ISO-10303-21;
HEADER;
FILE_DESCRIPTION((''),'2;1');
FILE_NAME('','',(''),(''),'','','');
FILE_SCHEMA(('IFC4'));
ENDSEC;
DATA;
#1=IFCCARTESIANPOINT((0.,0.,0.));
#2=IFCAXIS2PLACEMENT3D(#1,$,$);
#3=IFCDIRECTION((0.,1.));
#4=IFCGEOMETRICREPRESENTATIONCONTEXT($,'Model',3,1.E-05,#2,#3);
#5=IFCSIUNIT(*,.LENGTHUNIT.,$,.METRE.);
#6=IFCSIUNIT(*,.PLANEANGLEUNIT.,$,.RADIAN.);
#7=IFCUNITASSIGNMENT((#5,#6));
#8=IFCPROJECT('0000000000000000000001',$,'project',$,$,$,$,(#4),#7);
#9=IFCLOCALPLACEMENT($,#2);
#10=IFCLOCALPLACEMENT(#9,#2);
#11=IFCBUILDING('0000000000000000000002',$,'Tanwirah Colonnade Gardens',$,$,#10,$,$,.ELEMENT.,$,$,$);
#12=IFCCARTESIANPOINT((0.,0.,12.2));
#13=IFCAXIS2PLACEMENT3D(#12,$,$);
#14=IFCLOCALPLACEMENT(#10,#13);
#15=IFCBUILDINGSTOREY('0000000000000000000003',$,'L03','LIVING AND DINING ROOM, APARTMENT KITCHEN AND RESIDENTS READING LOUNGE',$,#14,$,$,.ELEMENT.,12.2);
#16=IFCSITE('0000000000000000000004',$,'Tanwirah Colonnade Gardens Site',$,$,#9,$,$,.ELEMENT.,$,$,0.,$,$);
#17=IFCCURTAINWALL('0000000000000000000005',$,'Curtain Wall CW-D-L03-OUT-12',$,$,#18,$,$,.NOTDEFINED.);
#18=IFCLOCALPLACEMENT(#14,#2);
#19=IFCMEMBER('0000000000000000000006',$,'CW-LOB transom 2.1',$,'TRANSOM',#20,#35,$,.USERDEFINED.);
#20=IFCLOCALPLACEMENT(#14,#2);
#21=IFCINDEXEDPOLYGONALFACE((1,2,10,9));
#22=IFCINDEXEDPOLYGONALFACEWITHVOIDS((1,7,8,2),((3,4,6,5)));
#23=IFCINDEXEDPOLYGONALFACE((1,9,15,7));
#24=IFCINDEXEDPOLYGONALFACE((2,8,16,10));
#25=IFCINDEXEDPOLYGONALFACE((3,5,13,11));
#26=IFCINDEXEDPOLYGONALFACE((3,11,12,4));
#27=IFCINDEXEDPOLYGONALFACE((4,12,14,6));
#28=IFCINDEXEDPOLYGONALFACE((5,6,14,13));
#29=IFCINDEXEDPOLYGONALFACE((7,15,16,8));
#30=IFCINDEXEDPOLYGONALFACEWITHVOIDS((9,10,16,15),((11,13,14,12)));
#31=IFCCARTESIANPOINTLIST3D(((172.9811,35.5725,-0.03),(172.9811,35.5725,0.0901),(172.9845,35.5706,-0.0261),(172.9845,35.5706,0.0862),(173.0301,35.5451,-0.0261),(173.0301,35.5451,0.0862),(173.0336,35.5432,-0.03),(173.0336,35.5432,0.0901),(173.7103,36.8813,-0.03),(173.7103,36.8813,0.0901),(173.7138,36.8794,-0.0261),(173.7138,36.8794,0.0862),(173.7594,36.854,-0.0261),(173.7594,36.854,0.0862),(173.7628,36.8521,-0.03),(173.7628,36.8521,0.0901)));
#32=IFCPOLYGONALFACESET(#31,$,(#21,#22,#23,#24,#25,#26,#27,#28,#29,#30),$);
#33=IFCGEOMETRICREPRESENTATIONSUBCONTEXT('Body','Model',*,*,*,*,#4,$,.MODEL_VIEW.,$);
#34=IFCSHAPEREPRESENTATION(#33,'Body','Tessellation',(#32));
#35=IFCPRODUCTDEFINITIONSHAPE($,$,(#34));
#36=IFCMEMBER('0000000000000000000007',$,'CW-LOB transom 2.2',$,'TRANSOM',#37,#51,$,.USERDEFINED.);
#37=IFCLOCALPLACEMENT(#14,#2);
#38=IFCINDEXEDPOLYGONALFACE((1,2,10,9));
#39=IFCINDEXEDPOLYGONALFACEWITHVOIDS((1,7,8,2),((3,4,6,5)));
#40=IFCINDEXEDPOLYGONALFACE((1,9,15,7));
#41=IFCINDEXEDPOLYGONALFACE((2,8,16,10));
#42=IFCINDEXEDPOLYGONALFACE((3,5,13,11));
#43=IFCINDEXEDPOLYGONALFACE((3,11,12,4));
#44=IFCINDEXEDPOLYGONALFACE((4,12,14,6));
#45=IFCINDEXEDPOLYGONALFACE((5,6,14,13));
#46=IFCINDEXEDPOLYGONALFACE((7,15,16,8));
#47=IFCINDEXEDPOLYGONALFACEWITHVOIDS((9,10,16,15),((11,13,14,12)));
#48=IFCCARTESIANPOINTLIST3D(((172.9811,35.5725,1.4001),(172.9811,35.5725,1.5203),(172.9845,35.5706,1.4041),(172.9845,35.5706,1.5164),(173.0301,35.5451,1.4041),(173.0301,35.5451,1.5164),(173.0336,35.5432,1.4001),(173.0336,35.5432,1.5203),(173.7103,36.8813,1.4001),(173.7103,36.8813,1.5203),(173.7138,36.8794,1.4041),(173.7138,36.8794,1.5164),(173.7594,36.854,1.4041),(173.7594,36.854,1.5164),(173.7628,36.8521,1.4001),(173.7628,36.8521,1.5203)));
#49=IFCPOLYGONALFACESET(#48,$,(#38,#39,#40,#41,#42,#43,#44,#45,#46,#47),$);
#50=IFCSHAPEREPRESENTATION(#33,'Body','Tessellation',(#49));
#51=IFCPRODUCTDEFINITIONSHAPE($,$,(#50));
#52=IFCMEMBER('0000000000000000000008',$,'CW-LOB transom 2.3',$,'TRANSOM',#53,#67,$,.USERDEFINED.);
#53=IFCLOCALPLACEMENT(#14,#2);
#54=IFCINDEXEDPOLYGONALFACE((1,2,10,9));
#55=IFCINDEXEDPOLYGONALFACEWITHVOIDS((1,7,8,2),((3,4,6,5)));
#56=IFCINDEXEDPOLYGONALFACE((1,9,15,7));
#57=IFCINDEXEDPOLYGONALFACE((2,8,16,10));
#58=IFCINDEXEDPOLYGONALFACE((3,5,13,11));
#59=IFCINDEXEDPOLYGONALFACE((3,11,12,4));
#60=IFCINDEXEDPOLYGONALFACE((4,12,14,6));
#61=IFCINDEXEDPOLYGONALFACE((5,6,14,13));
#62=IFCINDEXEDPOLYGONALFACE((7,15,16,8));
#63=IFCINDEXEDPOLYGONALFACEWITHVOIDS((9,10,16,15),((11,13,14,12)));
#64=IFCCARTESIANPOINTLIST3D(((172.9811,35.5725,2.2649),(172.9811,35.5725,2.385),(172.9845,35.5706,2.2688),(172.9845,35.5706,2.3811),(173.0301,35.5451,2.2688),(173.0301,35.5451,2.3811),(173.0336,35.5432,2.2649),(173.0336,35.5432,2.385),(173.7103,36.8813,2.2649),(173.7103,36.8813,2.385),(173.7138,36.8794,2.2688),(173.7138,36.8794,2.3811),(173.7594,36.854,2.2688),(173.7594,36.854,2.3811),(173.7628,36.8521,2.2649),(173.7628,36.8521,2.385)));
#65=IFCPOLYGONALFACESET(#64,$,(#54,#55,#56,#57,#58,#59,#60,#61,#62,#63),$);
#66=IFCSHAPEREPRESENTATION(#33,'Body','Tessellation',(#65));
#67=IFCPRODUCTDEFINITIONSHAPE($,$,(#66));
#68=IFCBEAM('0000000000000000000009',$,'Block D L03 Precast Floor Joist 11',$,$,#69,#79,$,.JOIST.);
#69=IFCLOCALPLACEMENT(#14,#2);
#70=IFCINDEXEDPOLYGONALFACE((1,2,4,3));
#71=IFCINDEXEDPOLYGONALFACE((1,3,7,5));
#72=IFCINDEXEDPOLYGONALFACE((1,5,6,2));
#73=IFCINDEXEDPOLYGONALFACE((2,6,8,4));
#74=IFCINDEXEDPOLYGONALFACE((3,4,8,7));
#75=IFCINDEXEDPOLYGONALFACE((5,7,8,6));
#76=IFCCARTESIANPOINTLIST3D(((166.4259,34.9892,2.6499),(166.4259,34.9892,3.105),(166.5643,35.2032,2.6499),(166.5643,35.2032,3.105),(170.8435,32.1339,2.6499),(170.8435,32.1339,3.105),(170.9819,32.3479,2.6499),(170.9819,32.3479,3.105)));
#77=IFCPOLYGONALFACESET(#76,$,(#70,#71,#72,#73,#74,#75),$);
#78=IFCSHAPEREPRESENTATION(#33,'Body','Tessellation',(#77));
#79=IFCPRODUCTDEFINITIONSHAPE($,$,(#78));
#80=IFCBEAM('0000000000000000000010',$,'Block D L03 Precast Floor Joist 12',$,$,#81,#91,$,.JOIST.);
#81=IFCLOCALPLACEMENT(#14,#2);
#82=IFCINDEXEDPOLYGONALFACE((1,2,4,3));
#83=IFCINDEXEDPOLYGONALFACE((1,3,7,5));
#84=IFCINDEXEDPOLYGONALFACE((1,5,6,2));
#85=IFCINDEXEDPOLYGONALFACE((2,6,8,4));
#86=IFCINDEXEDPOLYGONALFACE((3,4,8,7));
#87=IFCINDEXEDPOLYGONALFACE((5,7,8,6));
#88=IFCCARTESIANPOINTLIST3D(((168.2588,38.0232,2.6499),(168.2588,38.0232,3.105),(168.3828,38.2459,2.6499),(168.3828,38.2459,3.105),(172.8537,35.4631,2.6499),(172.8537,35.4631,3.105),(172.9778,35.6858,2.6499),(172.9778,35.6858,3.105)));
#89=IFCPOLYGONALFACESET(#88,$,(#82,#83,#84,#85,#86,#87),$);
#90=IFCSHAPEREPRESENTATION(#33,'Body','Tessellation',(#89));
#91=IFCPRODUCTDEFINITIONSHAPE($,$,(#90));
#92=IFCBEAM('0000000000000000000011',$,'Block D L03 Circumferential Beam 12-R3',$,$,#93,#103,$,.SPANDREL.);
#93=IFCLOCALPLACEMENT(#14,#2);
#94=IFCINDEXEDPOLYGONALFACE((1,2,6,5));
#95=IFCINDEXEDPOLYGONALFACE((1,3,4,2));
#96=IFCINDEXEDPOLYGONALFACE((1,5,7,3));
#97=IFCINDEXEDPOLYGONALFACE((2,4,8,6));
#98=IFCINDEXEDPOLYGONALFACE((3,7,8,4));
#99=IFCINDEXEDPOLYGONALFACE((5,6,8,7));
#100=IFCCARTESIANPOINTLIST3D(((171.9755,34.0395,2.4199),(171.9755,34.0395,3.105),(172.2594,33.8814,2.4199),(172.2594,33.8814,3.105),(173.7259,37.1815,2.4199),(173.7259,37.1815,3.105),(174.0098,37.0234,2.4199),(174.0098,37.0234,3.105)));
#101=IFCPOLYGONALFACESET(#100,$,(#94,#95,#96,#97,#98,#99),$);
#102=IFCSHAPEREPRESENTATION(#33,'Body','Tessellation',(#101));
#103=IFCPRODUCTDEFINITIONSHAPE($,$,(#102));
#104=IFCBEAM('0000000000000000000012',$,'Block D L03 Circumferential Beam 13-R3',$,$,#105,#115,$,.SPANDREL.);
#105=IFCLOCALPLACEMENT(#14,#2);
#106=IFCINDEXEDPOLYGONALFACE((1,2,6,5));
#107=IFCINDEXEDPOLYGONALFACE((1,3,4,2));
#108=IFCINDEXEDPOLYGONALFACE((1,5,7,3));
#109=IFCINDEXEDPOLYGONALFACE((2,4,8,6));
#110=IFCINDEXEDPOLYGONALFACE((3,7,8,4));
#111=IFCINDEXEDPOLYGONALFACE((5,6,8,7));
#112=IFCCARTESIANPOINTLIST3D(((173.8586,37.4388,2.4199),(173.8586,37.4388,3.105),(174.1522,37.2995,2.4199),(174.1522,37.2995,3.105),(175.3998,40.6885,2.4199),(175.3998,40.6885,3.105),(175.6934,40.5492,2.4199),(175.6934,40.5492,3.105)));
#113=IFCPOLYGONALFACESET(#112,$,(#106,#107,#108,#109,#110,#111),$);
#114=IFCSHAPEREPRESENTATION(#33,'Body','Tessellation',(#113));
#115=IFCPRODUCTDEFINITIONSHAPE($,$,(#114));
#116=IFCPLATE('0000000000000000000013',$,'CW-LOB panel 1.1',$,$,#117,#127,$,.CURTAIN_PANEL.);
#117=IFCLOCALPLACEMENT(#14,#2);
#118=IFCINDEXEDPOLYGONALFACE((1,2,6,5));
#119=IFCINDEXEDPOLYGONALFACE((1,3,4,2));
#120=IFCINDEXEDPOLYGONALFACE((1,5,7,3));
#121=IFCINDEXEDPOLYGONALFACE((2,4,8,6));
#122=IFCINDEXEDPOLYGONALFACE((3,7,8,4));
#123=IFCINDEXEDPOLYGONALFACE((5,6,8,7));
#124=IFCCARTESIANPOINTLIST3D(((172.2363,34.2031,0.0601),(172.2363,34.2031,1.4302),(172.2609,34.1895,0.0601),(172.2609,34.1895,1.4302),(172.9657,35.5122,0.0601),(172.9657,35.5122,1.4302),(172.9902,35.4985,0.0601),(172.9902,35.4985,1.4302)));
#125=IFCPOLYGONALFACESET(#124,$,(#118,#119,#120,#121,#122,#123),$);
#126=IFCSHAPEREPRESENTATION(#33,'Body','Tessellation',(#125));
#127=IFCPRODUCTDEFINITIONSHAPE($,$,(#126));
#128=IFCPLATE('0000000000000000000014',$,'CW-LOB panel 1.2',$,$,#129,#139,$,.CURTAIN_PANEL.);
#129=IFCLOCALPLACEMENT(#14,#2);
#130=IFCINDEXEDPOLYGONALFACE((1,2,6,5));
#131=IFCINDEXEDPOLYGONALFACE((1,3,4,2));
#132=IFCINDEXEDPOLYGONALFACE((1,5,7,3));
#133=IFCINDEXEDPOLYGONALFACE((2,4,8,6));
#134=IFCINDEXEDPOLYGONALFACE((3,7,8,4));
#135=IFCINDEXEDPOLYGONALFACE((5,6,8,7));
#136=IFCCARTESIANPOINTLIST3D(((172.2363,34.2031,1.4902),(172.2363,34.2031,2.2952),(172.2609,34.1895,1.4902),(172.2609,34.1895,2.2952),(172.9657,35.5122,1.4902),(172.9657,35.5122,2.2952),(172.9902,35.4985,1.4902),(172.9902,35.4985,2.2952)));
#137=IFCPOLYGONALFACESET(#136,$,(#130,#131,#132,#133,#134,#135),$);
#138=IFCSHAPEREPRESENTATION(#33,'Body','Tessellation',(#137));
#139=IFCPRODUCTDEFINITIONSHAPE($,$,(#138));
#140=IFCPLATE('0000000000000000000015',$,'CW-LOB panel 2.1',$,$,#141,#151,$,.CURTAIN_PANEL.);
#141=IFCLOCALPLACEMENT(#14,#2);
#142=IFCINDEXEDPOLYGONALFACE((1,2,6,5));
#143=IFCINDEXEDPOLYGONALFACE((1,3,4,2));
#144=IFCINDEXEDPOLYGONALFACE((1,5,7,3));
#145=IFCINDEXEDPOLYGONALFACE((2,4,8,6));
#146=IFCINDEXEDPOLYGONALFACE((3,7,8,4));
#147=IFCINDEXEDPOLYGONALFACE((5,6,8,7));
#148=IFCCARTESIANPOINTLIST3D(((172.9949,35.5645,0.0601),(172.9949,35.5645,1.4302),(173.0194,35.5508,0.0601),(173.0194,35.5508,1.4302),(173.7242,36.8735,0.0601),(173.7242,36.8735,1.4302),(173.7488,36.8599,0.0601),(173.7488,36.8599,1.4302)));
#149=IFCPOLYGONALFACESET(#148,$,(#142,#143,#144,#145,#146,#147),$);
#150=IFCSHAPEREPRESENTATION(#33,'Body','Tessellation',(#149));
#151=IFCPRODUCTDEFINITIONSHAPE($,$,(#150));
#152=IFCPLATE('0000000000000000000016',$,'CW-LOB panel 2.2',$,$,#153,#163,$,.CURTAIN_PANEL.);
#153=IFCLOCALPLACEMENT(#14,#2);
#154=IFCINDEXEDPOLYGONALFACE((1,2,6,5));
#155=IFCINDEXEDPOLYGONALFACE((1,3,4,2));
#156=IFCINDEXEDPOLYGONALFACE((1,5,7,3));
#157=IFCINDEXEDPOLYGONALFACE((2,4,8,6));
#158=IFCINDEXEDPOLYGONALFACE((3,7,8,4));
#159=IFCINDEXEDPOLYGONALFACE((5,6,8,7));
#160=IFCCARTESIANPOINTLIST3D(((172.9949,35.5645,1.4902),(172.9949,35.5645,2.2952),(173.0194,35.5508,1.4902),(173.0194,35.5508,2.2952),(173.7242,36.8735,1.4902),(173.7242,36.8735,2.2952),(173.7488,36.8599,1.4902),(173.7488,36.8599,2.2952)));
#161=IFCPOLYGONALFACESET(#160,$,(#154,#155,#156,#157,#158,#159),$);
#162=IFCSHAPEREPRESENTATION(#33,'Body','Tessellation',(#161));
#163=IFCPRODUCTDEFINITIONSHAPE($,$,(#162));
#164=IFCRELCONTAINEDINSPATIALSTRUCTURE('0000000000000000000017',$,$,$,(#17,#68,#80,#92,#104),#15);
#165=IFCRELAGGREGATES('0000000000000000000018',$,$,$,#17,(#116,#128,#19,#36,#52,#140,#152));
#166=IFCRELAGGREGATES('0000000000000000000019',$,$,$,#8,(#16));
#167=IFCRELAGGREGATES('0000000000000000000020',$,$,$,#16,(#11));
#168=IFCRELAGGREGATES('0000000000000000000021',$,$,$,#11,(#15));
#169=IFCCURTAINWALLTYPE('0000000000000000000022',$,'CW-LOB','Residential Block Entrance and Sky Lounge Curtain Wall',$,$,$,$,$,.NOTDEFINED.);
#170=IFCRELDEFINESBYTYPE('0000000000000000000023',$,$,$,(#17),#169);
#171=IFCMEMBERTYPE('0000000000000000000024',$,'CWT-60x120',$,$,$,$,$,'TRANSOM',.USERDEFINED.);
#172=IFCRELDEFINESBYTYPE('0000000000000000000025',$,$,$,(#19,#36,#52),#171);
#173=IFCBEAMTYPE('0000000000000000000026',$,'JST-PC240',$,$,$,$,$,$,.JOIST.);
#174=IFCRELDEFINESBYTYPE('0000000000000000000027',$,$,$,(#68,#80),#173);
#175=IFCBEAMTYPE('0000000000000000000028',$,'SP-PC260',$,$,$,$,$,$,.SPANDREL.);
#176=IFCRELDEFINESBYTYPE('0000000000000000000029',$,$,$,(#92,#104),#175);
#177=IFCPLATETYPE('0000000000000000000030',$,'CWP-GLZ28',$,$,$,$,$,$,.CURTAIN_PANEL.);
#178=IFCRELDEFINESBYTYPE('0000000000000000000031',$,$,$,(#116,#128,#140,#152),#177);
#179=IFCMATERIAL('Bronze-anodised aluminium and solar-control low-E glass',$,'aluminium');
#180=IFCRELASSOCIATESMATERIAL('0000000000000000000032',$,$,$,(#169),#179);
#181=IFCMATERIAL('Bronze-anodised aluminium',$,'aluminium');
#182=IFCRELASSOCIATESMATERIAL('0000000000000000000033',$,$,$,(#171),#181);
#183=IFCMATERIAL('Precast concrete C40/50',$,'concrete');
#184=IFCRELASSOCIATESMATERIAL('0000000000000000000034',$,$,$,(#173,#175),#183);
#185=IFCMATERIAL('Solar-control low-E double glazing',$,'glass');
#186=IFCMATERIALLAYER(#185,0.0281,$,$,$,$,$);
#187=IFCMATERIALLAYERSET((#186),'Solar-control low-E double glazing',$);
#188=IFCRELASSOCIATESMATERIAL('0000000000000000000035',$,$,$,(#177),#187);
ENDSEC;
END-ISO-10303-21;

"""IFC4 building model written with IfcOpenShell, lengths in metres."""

from ifc_helpers import new_model, si_unit, direction, frame, origin, origin_2d, place, context, subcontext, project, spatial, rectangle, hollow_rectangle, extrude, material, layer, layer_set, material_profile, profile_set, type_object, element, aggregate, save


model = new_model("IFC4")

# Units and contexts
model_context = context("Model", 3, precision=1e-05, world=origin(), true_north=direction((0.0, 1.0)))
body_context = subcontext(model_context, "Body", "Model", "MODEL_VIEW")
ifc_project = project(units=[si_unit("LENGTHUNIT", "METRE"), si_unit("PLANEANGLEUNIT", "RADIAN")], contexts=[model_context])

# Site, building, storey
site_placement = place(None, origin())
site = spatial("IfcSite", under=ifc_project, at=site_placement, Name="Tanwirah Colonnade Gardens Site", CompositionType="ELEMENT", RefElevation=0.0)
building_placement = place(site_placement, origin())
building = spatial("IfcBuilding", under=site, at=building_placement, Name="Tanwirah Colonnade Gardens", CompositionType="ELEMENT")
storey_placement = place(building_placement, frame((0.0, 0.0, 12.2)))
storey = spatial("IfcBuildingStorey", under=building, at=storey_placement, Name="L03", Description="LIVING AND DINING ROOM, APARTMENT KITCHEN AND RESIDENTS READING LOUNGE", CompositionType="ELEMENT", Elevation=12.2)

# Shared definitions
ifc_material_1 = material(Name="Precast concrete C40/50", Category="concrete")

# Curtain wall, members
ifc_material_2 = material(Name="Bronze-anodised aluminium and solar-control low-E glass", Category="aluminium")
curtain_wall_type = type_object("IfcCurtainWallType", Name="CW-LOB", Description="Residential Block Entrance and Sky Lounge Curtain Wall", PredefinedType="NOTDEFINED", material=ifc_material_2)
curtain_wall_placement = place(storey_placement, origin())
curtain_wall = element("IfcCurtainWall", 1, at=curtain_wall_placement, inside=storey, type_object=curtain_wall_type, Name="Curtain Wall CW-D-L03-OUT-12", PredefinedType="NOTDEFINED")
ifc_material_3 = material(Name="Bronze-anodised aluminium", Category="aluminium")
ifc_material_profile_1 = material_profile(ifc_material_3, hollow_rectangle(XDim=0.0601, YDim=0.1201, WallThickness=0.0039, at=origin_2d()), Name="CW-TRN 60x120x4")
ifc_profile_set_1 = profile_set([ifc_material_profile_1], Name="Bronze-anodised aluminium")
member_type_1 = type_object("IfcMemberType", Name="CWT-60x120", ElementType="TRANSOM", PredefinedType="USERDEFINED", material=ifc_profile_set_1)
member_1_placement = place(storey_placement, frame((173.0073, 35.5579, 0.03), z_axis=(0.486722, 0.873557, 0.0), x_axis=(-0.873557, 0.486722, 0.0)))
member_1 = element("IfcMember", 2, at=member_1_placement, type_object=member_type_1, Name="CW-LOB transom 2.1", ObjectType="TRANSOM", PredefinedType="USERDEFINED", context=body_context, shape_type="SweptSolid", body=[
    extrude(hollow_rectangle(XDim=0.0601, YDim=0.1201, WallThickness=0.0039, at=origin_2d()), origin(), (0.0, 0.0, 1.0), 1.4983),
])
member_2_placement = place(storey_placement, frame((173.0073, 35.5579, 1.4602), z_axis=(0.486722, 0.873557, 0.0), x_axis=(-0.873557, 0.486722, 0.0)))
member_2 = element("IfcMember", 3, at=member_2_placement, type_object=member_type_1, Name="CW-LOB transom 2.2", ObjectType="TRANSOM", PredefinedType="USERDEFINED", context=body_context, shape_type="SweptSolid", body=[
    extrude(hollow_rectangle(XDim=0.0601, YDim=0.1201, WallThickness=0.0039, at=origin_2d()), origin(), (0.0, 0.0, 1.0), 1.4983),
])
member_3_placement = place(storey_placement, frame((173.0073, 35.5579, 2.325), z_axis=(0.486722, 0.873557, 0.0), x_axis=(-0.873557, 0.486722, 0.0)))
member_3 = element("IfcMember", 4, at=member_3_placement, type_object=member_type_1, Name="CW-LOB transom 2.3", ObjectType="TRANSOM", PredefinedType="USERDEFINED", context=body_context, shape_type="SweptSolid", body=[
    extrude(hollow_rectangle(XDim=0.0601, YDim=0.1201, WallThickness=0.0039, at=origin_2d()), origin(), (0.0, 0.0, 1.0), 1.4983),
])

# Beams
ifc_material_profile_2 = material_profile(ifc_material_1, rectangle(XDim=0.2549, YDim=0.4551, at=origin_2d()), Name="PC-JST 255x455")
ifc_profile_set_2 = profile_set([ifc_material_profile_2], Name="Precast concrete C40/50")
beam_type_1 = type_object("IfcBeamType", Name="JST-PC240", PredefinedType="JOIST", material=ifc_profile_set_2)
for number, where, z_axis, x_axis, name in (
    (5, (166.4951, 35.0962, 2.8774), (0.839843, -0.54283, 0.0), (0.54283, 0.839843, 0.0), "Block D L03 Precast Floor Joist 11"),
    (6, (168.3208, 38.1345, 2.8774), (0.873568, -0.486703, 0.0), (0.486703, 0.873568, 0.0), "Block D L03 Precast Floor Joist 12"),
):
    element("IfcBeam", number, at=place(storey_placement, frame(where, z_axis=z_axis, x_axis=x_axis)), inside=storey, type_object=beam_type_1, Name=name, PredefinedType="JOIST", context=body_context, shape_type="SweptSolid", body=[
        extrude(rectangle(XDim=0.2549, YDim=0.4551, at=origin_2d()), origin(), (0.0, 0.0, 1.0), 5.26),
    ])
ifc_material_profile_3 = material_profile(ifc_material_1, rectangle(XDim=0.325, YDim=0.6851, at=origin_2d()), Name="PC-SP 325x685")
ifc_profile_set_3 = profile_set([ifc_material_profile_3], Name="Precast concrete C40/50")
beam_type_2 = type_object("IfcBeamType", Name="SP-PC260", PredefinedType="SPANDREL", material=ifc_profile_set_3)
for number, where, z_axis, x_axis, name in (
    (7, (172.1174, 33.9604, 2.7625), (0.48668, 0.87358, 0.0), (-0.87358, 0.48668, 0.0), "Block D L03 Circumferential Beam 12-R3"),
    (8, (174.0054, 37.3691, 2.7625), (0.428518, 0.903533, 0.0), (-0.903533, 0.428518, 0.0), "Block D L03 Circumferential Beam 13-R3"),
):
    element("IfcBeam", number, at=place(storey_placement, frame(where, z_axis=z_axis, x_axis=x_axis)), inside=storey, type_object=beam_type_2, Name=name, PredefinedType="SPANDREL", context=body_context, shape_type="SweptSolid", body=[
        extrude(rectangle(XDim=0.325, YDim=0.6851, at=origin_2d()), origin(), (0.0, 0.0, 1.0), 3.5967),
    ])

# Plates
ifc_material_4 = material(Name="Solar-control low-E double glazing", Category="glass")
ifc_layer_1 = layer(ifc_material_4, 0.0281)
ifc_layer_set_1 = layer_set([ifc_layer_1], Name="Solar-control low-E double glazing")
plate_type = type_object("IfcPlateType", Name="CWP-GLZ28", PredefinedType="CURTAIN_PANEL", material=ifc_layer_set_1)
plate_1_placement = place(storey_placement, frame((172.6133, 34.8508, 0.0601), z_axis=(0.0, 0.0, 1.0), x_axis=(0.486715, 0.873561, 0.0)))
plate_1 = element("IfcPlate", 9, at=plate_1_placement, type_object=plate_type, Name="CW-LOB panel 1.1", PredefinedType="CURTAIN_PANEL", context=body_context, shape_type="SweptSolid", body=[
    extrude(rectangle(XDim=1.4985, YDim=0.0281, at=origin_2d()), origin(), (0.0, 0.0, 1.0), 1.3701),
])
plate_2_placement = place(storey_placement, frame((172.6133, 34.8508, 1.4902), z_axis=(0.0, 0.0, 1.0), x_axis=(0.486715, 0.873561, 0.0)))
plate_2 = element("IfcPlate", 10, at=plate_2_placement, type_object=plate_type, Name="CW-LOB panel 1.2", PredefinedType="CURTAIN_PANEL", context=body_context, shape_type="SweptSolid", body=[
    extrude(rectangle(XDim=1.4985, YDim=0.0281, at=origin_2d()), origin(), (0.0, 0.0, 1.0), 0.8049),
])
plate_3_placement = place(storey_placement, frame((173.3718, 36.2122, 0.0601), z_axis=(0.0, 0.0, 1.0), x_axis=(0.486715, 0.873561, 0.0)))
plate_3 = element("IfcPlate", 11, at=plate_3_placement, type_object=plate_type, Name="CW-LOB panel 2.1", PredefinedType="CURTAIN_PANEL", context=body_context, shape_type="SweptSolid", body=[
    extrude(rectangle(XDim=1.4985, YDim=0.0281, at=origin_2d()), origin(), (0.0, 0.0, 1.0), 1.3701),
])
plate_4_placement = place(storey_placement, frame((173.3718, 36.2122, 1.4902), z_axis=(0.0, 0.0, 1.0), x_axis=(0.486715, 0.873561, 0.0)))
plate_4 = element("IfcPlate", 12, at=plate_4_placement, type_object=plate_type, Name="CW-LOB panel 2.2", PredefinedType="CURTAIN_PANEL", context=body_context, shape_type="SweptSolid", body=[
    extrude(rectangle(XDim=1.4985, YDim=0.0281, at=origin_2d()), origin(), (0.0, 0.0, 1.0), 0.8049),
])
aggregate(curtain_wall, [plate_1, plate_2, member_1, member_2, member_3, plate_3, plate_4])

save(model, "model.ifc")
